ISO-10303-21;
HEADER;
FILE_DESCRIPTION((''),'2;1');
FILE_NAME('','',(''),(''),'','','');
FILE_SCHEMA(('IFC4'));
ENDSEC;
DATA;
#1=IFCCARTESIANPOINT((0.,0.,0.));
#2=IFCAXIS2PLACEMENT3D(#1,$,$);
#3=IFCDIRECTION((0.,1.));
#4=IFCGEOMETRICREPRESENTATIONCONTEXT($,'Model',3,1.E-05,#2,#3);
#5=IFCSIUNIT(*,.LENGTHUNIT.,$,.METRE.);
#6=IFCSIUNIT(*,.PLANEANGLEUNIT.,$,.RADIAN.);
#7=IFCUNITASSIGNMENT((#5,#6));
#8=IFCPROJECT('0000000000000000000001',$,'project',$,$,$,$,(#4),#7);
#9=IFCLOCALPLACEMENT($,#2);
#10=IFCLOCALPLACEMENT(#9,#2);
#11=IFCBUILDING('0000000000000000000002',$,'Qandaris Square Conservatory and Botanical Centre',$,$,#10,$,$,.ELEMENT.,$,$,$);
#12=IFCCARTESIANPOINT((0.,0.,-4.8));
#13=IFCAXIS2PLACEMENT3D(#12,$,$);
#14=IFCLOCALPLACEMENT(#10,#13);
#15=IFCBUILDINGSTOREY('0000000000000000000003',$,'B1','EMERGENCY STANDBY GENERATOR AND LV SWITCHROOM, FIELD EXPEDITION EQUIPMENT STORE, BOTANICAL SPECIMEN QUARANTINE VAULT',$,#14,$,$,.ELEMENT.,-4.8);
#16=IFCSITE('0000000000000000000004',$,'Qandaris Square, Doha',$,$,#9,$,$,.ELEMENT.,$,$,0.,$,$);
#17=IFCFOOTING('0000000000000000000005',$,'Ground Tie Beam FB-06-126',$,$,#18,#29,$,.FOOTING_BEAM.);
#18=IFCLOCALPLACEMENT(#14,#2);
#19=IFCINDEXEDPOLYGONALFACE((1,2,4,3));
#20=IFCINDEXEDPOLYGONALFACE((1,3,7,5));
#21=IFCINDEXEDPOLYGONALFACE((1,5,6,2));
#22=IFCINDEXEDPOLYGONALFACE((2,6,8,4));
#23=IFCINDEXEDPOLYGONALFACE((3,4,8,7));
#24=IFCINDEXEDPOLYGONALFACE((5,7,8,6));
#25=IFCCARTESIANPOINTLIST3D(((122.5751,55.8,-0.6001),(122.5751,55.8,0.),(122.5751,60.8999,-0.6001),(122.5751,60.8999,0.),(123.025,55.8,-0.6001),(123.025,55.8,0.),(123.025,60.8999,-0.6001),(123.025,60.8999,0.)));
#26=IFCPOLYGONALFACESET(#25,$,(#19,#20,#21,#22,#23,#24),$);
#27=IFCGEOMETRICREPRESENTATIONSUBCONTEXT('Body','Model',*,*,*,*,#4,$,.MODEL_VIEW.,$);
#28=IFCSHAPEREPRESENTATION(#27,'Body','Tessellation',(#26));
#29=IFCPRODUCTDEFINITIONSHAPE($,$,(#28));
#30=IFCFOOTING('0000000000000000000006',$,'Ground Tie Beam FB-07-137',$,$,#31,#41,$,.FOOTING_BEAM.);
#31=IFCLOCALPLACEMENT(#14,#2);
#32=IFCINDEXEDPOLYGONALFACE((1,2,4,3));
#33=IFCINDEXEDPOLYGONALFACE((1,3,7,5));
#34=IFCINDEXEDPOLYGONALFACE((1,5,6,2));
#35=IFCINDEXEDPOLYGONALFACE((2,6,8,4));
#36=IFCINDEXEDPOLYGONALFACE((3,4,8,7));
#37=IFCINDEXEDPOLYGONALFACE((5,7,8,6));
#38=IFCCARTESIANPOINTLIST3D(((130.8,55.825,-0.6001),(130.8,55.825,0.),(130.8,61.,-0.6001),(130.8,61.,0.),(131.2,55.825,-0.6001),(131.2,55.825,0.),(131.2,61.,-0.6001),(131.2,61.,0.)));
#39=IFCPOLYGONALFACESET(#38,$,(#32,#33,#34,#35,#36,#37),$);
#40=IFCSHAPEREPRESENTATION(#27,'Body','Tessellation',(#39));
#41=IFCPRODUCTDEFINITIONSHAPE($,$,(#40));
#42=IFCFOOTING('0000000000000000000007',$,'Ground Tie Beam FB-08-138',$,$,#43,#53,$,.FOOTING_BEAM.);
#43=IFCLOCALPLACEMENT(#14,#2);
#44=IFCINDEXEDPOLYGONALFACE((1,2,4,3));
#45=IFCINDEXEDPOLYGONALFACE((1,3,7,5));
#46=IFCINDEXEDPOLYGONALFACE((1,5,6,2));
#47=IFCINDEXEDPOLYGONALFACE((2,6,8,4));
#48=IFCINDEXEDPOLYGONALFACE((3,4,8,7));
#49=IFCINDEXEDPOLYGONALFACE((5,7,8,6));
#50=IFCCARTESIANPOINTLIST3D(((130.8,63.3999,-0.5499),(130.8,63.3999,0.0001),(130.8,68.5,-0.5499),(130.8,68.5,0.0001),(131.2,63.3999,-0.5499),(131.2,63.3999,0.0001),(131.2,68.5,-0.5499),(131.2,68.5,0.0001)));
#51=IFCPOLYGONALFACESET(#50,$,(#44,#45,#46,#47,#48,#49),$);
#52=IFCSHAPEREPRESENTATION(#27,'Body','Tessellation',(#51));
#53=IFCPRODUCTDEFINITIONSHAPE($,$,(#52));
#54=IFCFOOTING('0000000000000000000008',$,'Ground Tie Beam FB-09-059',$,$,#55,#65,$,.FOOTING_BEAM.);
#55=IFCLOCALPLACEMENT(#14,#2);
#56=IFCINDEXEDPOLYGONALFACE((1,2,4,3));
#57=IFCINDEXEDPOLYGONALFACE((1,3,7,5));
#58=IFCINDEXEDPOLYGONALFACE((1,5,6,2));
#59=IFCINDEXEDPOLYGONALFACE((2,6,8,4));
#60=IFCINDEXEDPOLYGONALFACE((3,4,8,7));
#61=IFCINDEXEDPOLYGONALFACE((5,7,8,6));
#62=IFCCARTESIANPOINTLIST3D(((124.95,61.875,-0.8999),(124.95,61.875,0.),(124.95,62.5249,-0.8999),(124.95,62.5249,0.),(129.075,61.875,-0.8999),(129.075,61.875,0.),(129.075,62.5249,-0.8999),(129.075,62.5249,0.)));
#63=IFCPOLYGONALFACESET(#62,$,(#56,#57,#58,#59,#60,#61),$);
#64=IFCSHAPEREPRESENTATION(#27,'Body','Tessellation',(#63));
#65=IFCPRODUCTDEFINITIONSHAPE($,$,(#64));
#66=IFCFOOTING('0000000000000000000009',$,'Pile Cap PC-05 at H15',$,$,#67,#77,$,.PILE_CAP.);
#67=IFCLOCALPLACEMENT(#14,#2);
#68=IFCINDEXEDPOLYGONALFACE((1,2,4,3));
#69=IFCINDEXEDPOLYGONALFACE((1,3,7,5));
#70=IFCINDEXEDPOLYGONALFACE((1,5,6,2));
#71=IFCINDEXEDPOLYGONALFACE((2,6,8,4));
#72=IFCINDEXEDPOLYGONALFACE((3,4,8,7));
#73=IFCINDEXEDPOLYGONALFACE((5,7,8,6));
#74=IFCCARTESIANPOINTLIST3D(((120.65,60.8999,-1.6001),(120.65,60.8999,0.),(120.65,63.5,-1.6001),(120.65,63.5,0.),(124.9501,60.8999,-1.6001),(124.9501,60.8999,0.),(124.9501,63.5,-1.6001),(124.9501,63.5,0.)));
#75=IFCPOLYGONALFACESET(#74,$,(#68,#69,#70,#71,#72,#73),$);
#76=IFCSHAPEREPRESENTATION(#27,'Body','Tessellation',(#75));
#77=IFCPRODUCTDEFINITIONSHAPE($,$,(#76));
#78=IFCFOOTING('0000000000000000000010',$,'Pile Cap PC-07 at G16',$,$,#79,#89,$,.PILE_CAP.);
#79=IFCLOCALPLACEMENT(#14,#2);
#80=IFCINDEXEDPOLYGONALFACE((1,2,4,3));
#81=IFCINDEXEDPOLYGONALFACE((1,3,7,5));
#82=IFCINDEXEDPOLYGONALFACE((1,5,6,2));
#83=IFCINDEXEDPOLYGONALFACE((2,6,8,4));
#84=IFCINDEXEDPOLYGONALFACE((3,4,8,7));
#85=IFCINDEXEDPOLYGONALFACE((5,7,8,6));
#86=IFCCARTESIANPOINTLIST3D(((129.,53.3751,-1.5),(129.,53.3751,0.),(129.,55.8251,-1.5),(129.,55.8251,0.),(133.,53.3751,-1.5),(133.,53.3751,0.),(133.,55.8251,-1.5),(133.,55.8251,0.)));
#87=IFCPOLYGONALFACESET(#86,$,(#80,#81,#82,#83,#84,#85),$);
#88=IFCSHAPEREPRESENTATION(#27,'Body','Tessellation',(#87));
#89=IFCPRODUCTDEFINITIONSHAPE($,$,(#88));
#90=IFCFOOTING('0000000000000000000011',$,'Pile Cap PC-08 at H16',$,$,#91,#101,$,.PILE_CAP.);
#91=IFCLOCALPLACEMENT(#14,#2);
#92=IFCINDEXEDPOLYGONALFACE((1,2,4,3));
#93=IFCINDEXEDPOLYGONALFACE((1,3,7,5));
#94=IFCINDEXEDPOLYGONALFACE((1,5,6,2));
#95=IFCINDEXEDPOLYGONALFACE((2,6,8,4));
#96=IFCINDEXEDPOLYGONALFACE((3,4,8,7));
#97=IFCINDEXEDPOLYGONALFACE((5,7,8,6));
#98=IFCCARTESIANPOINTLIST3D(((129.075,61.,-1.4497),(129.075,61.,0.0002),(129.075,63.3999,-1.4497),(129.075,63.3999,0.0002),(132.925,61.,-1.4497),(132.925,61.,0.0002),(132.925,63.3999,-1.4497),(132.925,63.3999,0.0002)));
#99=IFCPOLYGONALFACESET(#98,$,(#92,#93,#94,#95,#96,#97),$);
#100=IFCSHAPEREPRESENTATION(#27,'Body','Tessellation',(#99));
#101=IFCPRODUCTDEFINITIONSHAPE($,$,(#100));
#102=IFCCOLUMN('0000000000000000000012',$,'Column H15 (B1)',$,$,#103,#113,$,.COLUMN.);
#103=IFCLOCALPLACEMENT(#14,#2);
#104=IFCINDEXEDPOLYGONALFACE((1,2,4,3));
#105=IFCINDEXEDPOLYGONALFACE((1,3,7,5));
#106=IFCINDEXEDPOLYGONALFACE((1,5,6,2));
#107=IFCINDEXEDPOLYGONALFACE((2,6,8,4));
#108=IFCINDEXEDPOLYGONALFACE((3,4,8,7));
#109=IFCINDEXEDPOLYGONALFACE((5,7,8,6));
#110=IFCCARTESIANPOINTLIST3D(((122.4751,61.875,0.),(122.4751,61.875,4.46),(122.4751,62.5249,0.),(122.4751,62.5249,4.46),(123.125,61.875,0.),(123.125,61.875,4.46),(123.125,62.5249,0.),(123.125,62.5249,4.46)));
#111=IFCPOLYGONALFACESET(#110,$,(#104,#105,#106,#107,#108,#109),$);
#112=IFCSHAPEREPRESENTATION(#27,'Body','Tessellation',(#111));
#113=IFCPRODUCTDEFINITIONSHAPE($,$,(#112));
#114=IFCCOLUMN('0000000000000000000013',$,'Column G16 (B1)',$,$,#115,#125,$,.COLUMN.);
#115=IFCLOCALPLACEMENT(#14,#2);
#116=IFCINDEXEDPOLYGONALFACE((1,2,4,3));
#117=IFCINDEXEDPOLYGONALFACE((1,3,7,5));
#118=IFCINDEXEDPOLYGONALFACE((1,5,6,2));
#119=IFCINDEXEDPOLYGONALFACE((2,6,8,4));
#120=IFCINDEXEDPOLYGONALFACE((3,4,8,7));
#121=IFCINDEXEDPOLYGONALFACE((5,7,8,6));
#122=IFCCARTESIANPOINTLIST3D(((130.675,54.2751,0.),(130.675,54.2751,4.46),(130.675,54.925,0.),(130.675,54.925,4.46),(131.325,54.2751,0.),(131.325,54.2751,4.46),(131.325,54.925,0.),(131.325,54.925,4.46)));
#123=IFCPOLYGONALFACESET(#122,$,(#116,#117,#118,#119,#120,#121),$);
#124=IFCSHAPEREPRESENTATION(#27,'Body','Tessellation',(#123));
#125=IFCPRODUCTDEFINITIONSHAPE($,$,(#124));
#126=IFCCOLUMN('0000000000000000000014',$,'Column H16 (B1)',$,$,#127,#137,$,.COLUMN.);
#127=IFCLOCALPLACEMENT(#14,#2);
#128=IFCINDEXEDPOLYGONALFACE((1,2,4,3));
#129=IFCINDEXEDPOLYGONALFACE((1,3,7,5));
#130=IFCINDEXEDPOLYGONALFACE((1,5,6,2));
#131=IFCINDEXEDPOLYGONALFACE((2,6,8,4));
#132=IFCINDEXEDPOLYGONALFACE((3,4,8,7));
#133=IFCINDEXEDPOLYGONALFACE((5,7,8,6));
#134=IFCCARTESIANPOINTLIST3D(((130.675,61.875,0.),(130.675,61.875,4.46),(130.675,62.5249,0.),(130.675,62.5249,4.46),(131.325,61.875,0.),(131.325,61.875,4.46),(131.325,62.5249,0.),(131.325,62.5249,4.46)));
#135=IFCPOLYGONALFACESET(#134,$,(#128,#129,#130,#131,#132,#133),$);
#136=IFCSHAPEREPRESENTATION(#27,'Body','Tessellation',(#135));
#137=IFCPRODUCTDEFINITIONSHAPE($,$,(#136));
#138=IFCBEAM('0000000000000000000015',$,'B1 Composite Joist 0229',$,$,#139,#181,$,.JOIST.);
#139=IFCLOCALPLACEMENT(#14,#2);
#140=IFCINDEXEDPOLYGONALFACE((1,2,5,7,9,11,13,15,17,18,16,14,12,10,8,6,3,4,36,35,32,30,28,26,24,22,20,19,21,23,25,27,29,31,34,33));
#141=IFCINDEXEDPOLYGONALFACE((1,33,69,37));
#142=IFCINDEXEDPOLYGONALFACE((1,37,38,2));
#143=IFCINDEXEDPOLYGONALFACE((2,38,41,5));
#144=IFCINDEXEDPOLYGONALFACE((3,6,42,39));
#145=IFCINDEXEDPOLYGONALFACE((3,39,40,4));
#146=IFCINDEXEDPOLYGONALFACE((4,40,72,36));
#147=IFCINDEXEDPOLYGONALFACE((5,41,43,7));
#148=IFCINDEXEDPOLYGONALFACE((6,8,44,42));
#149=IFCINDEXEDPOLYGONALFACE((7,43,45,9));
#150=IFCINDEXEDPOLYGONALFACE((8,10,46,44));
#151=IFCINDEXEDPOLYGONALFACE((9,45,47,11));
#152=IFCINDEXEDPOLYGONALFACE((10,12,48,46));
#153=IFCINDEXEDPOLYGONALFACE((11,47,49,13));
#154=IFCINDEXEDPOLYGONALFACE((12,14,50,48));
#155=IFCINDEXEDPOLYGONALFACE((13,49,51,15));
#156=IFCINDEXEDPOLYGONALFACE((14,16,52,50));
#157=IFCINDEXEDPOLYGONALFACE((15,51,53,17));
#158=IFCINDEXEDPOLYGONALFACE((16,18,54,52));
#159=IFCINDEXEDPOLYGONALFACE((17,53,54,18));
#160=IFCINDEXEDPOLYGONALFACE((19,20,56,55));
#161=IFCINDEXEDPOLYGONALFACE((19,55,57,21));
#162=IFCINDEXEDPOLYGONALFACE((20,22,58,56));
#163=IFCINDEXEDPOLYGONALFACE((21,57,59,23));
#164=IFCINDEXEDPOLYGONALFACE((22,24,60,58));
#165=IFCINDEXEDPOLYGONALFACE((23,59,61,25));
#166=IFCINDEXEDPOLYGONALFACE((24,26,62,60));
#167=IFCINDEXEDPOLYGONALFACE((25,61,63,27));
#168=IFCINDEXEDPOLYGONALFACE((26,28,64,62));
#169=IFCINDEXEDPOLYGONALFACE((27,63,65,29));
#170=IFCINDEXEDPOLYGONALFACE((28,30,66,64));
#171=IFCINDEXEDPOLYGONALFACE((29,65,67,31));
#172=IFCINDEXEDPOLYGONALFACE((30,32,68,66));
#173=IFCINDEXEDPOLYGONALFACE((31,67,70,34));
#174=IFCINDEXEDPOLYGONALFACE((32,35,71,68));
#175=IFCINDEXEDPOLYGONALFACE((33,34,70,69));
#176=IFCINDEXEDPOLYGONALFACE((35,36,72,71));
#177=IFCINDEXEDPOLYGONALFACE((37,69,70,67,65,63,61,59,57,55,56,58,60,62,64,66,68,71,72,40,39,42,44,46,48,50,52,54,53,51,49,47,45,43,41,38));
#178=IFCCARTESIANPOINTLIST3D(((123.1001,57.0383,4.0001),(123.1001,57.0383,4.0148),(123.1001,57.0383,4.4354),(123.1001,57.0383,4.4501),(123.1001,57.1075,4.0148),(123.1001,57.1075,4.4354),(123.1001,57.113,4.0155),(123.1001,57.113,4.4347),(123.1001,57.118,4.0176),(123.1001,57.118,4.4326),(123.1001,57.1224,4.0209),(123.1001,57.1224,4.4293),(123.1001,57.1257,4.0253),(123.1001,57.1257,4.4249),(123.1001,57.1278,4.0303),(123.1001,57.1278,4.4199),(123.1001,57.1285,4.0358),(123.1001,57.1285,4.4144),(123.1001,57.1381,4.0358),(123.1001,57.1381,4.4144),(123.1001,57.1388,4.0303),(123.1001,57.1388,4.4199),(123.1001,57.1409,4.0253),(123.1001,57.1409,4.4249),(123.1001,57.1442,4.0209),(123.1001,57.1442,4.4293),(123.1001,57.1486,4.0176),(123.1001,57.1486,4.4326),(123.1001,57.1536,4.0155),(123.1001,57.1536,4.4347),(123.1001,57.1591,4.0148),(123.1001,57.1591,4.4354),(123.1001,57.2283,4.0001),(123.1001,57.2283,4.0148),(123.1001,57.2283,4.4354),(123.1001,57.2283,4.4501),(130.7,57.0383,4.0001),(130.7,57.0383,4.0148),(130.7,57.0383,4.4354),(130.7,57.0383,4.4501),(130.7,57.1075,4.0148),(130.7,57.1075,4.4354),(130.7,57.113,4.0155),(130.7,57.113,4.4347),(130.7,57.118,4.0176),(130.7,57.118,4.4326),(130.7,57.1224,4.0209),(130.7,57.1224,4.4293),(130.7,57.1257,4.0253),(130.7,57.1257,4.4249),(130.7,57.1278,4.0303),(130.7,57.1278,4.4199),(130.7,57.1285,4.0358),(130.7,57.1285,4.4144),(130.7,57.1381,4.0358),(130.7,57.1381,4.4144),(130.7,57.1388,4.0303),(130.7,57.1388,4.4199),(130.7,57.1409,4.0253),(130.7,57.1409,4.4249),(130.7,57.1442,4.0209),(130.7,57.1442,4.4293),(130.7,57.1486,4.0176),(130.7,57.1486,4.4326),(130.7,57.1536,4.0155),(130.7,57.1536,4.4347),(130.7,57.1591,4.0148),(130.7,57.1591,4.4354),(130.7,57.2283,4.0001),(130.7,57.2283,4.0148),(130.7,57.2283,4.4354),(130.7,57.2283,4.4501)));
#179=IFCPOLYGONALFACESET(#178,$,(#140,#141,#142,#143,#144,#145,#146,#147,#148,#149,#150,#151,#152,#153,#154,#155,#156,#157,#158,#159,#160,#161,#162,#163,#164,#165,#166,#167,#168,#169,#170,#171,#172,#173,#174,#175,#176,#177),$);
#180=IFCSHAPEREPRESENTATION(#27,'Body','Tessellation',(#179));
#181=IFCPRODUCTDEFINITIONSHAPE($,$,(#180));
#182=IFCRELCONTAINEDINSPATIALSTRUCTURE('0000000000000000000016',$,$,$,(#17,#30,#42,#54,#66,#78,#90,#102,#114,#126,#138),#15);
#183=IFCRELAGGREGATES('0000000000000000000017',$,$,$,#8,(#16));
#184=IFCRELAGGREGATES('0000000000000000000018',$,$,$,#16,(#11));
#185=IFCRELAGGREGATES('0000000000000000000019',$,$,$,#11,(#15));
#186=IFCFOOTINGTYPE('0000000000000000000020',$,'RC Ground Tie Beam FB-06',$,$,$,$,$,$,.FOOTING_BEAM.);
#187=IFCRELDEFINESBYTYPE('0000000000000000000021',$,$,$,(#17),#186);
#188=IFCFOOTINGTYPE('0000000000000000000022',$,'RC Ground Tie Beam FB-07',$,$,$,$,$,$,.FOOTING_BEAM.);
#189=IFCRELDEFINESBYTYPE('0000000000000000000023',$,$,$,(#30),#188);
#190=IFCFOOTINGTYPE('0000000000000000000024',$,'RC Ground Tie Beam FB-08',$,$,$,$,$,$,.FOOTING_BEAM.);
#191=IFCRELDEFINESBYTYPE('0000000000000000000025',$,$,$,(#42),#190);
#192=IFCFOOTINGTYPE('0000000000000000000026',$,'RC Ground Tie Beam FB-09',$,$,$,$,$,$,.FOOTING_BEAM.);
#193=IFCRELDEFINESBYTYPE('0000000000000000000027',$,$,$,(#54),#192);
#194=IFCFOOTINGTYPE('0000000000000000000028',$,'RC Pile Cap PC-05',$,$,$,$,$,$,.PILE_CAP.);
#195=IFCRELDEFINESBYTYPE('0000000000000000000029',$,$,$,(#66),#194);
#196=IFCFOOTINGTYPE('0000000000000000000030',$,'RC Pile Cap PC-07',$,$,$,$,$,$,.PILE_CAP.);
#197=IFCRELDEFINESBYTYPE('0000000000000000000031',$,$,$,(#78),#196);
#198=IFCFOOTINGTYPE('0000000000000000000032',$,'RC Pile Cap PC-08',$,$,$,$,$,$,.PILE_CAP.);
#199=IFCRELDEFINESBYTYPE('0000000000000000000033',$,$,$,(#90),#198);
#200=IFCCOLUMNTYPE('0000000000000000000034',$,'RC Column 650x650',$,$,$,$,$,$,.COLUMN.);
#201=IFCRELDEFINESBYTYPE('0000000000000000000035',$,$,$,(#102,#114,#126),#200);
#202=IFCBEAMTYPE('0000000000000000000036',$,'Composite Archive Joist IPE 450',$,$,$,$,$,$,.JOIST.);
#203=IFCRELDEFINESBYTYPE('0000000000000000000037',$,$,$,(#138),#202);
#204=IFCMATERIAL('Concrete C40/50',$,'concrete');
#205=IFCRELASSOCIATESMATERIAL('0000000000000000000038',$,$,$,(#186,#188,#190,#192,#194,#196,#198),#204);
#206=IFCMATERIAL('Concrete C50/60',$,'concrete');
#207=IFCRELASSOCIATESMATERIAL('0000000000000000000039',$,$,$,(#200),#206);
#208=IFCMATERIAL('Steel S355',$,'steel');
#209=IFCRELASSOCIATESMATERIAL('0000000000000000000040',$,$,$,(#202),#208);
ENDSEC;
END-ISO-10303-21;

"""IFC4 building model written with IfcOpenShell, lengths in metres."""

from ifc_helpers import new_model, si_unit, direction, frame, origin, origin_2d, place, context, subcontext, project, spatial, rectangle, i_section, extrude, material, material_profile, profile_set, type_object, element, save


model = new_model("IFC4")

# Units and contexts
model_context = context("Model", 3, precision=1e-05, world=origin(), true_north=direction((0.0, 1.0)))
body_context = subcontext(model_context, "Body", "Model", "MODEL_VIEW")
ifc_project = project(units=[si_unit("LENGTHUNIT", "METRE"), si_unit("PLANEANGLEUNIT", "RADIAN")], contexts=[model_context])

# Site, building, storey
site_placement = place(None, origin())
site = spatial("IfcSite", under=ifc_project, at=site_placement, Name="Qandaris Square, Doha", CompositionType="ELEMENT", RefElevation=0.0)
building_placement = place(site_placement, origin())
building = spatial("IfcBuilding", under=site, at=building_placement, Name="Qandaris Square Conservatory and Botanical Centre", CompositionType="ELEMENT")
storey_placement = place(building_placement, frame((0.0, 0.0, -4.8)))
storey = spatial("IfcBuildingStorey", under=building, at=storey_placement, Name="B1", Description="EMERGENCY STANDBY GENERATOR AND LV SWITCHROOM, FIELD EXPEDITION EQUIPMENT STORE, BOTANICAL SPECIMEN QUARANTINE VAULT", CompositionType="ELEMENT", Elevation=-4.8)

# Shared definitions
ifc_material_1 = material(Name="Concrete C50/60", Category="concrete")

# Footings
ifc_material_2 = material(Name="Concrete C40/50", Category="concrete")
ifc_material_profile_1 = material_profile(ifc_material_2, rectangle(XDim=0.45, YDim=0.6001, at=origin_2d()), Name="FB 450x600")
ifc_profile_set_1 = profile_set([ifc_material_profile_1], Name="Concrete C40/50")
footing_type_1 = type_object("IfcFootingType", Name="RC Ground Tie Beam FB-06", PredefinedType="FOOTING_BEAM", material=ifc_profile_set_1)
footing_1_placement = place(storey_placement, frame((122.8, 55.8, -0.3), z_axis=(0.0, 1.0, 0.0), x_axis=(-1.0, 0.0, 0.0)))
element("IfcFooting", 1, at=footing_1_placement, inside=storey, type_object=footing_type_1, Name="Ground Tie Beam FB-06-126", PredefinedType="FOOTING_BEAM", context=body_context, shape_type="SweptSolid", body=[
    extrude(rectangle(XDim=0.45, YDim=0.6001, at=origin_2d()), origin(), (0.0, 0.0, 1.0), 5.0999),
])
ifc_material_profile_2 = material_profile(ifc_material_2, rectangle(XDim=0.3999, YDim=0.6001, at=origin_2d()), Name="FB 400x600")
ifc_profile_set_2 = profile_set([ifc_material_profile_2], Name="Concrete C40/50")
footing_type_2 = type_object("IfcFootingType", Name="RC Ground Tie Beam FB-07", PredefinedType="FOOTING_BEAM", material=ifc_profile_set_2)
footing_2_placement = place(storey_placement, frame((131.0, 55.825, -0.3), z_axis=(0.0, 1.0, 0.0), x_axis=(-1.0, 0.0, 0.0)))
element("IfcFooting", 2, at=footing_2_placement, inside=storey, type_object=footing_type_2, Name="Ground Tie Beam FB-07-137", PredefinedType="FOOTING_BEAM", context=body_context, shape_type="SweptSolid", body=[
    extrude(rectangle(XDim=0.3999, YDim=0.6001, at=origin_2d()), origin(), (0.0, 0.0, 1.0), 5.175),
])
ifc_material_profile_3 = material_profile(ifc_material_2, rectangle(XDim=0.3999, YDim=0.55, at=origin_2d()), Name="FB 400x550")
ifc_profile_set_3 = profile_set([ifc_material_profile_3], Name="Concrete C40/50")
footing_type_3 = type_object("IfcFootingType", Name="RC Ground Tie Beam FB-08", PredefinedType="FOOTING_BEAM", material=ifc_profile_set_3)
footing_3_placement = place(storey_placement, frame((131.0, 63.3999, -0.2749), z_axis=(0.0, 1.0, 0.0), x_axis=(-1.0, 0.0, 0.0)))
element("IfcFooting", 3, at=footing_3_placement, inside=storey, type_object=footing_type_3, Name="Ground Tie Beam FB-08-138", PredefinedType="FOOTING_BEAM", context=body_context, shape_type="SweptSolid", body=[
    extrude(rectangle(XDim=0.3999, YDim=0.55, at=origin_2d()), origin(), (0.0, 0.0, 1.0), 5.1001),
])
ifc_material_profile_4 = material_profile(ifc_material_2, rectangle(XDim=0.6499, YDim=0.8999, at=origin_2d()), Name="FB 650x900")
ifc_profile_set_4 = profile_set([ifc_material_profile_4], Name="Concrete C40/50")
footing_type_4 = type_object("IfcFootingType", Name="RC Ground Tie Beam FB-09", PredefinedType="FOOTING_BEAM", material=ifc_profile_set_4)
footing_4_placement = place(storey_placement, frame((124.95, 62.2, -0.45), z_axis=(1.0, 0.0, 0.0), x_axis=(0.0, 1.0, 0.0)))
element("IfcFooting", 4, at=footing_4_placement, inside=storey, type_object=footing_type_4, Name="Ground Tie Beam FB-09-059", PredefinedType="FOOTING_BEAM", context=body_context, shape_type="SweptSolid", body=[
    extrude(rectangle(XDim=0.6499, YDim=0.8999, at=origin_2d()), origin(), (0.0, 0.0, 1.0), 4.125),
])
footing_type_5 = type_object("IfcFootingType", Name="RC Pile Cap PC-05", PredefinedType="PILE_CAP", material=ifc_material_2)
footing_5_placement = place(storey_placement, frame((122.8, 62.2, -1.6001), z_axis=(0.0, 0.0, 1.0), x_axis=(1.0, 0.0, 0.0)))
element("IfcFooting", 5, at=footing_5_placement, inside=storey, type_object=footing_type_5, Name="Pile Cap PC-05 at H15", PredefinedType="PILE_CAP", context=body_context, shape_type="SweptSolid", body=[
    extrude(rectangle(XDim=4.3, YDim=2.6001, at=origin_2d()), origin(), (0.0, 0.0, 1.0), 1.6001),
])
footing_type_6 = type_object("IfcFootingType", Name="RC Pile Cap PC-07", PredefinedType="PILE_CAP", material=ifc_material_2)
footing_6_placement = place(storey_placement, frame((131.0, 54.6001, -1.5), z_axis=(0.0, 0.0, 1.0), x_axis=(1.0, 0.0, 0.0)))
element("IfcFooting", 6, at=footing_6_placement, inside=storey, type_object=footing_type_6, Name="Pile Cap PC-07 at G16", PredefinedType="PILE_CAP", context=body_context, shape_type="SweptSolid", body=[
    extrude(rectangle(XDim=4.0, YDim=2.45, at=origin_2d()), origin(), (0.0, 0.0, 1.0), 1.5),
])
footing_type_7 = type_object("IfcFootingType", Name="RC Pile Cap PC-08", PredefinedType="PILE_CAP", material=ifc_material_2)
footing_7_placement = place(storey_placement, frame((131.0, 62.2, -1.4497), z_axis=(0.0, 0.0, 1.0), x_axis=(1.0, 0.0, 0.0)))
element("IfcFooting", 7, at=footing_7_placement, inside=storey, type_object=footing_type_7, Name="Pile Cap PC-08 at H16", PredefinedType="PILE_CAP", context=body_context, shape_type="SweptSolid", body=[
    extrude(rectangle(XDim=3.8501, YDim=2.3999, at=origin_2d()), origin(), (0.0, 0.0, 1.0), 1.45),
])

# Columns
ifc_material_profile_5 = material_profile(ifc_material_1, rectangle(XDim=0.6499, YDim=0.6499, at=origin_2d()), Name="RC-COL 650x650")
ifc_profile_set_5 = profile_set([ifc_material_profile_5], Name="Concrete C50/60")
column_type = type_object("IfcColumnType", Name="RC Column 650x650", PredefinedType="COLUMN", material=ifc_profile_set_5)
for number, where, z_axis, x_axis, name in (
    (8, (122.8, 62.2, 0.0), (0.0, 0.0, 1.0), (1.0, 0.0, 0.0), "Column H15 (B1)"),
    (9, (131.0, 54.6001, 0.0), (0.0, 0.0, 1.0), (1.0, 0.0, 0.0), "Column G16 (B1)"),
    (10, (131.0, 62.2, 0.0), (0.0, 0.0, 1.0), (1.0, 0.0, 0.0), "Column H16 (B1)"),
):
    element("IfcColumn", number, at=place(storey_placement, frame(where, z_axis=z_axis, x_axis=x_axis)), inside=storey, type_object=column_type, Name=name, PredefinedType="COLUMN", context=body_context, shape_type="SweptSolid", body=[
        extrude(rectangle(XDim=0.6499, YDim=0.6499, at=origin_2d()), origin(), (0.0, 0.0, 1.0), 4.46),
    ])

# Beam
ifc_material_3 = material(Name="Steel S355", Category="steel")
ifc_material_profile_6 = material_profile(ifc_material_3, i_section(OverallWidth=0.1899, OverallDepth=0.45, WebThickness=0.0095, FlangeThickness=0.0146, FilletRadius=0.021, at=origin_2d()), Name="IPE 450")
ifc_profile_set_6 = profile_set([ifc_material_profile_6], Name="Steel S355")
beam_type_1 = type_object("IfcBeamType", Name="Composite Archive Joist IPE 450", PredefinedType="JOIST", material=ifc_profile_set_6)
beam_1_placement = place(storey_placement, frame((123.1001, 57.1333, 4.2251), z_axis=(1.0, 0.0, 0.0), x_axis=(0.0, 1.0, 0.0)))
element("IfcBeam", 11, at=beam_1_placement, inside=storey, type_object=beam_type_1, Name="B1 Composite Joist 0229", PredefinedType="JOIST", context=body_context, shape_type="SweptSolid", body=[
    extrude(i_section(OverallWidth=0.1899, OverallDepth=0.45, WebThickness=0.0095, FlangeThickness=0.0146, FilletRadius=0.021, at=origin_2d()), origin(), (0.0, 0.0, 1.0), 7.5999),
])

save(model, "model.ifc")
